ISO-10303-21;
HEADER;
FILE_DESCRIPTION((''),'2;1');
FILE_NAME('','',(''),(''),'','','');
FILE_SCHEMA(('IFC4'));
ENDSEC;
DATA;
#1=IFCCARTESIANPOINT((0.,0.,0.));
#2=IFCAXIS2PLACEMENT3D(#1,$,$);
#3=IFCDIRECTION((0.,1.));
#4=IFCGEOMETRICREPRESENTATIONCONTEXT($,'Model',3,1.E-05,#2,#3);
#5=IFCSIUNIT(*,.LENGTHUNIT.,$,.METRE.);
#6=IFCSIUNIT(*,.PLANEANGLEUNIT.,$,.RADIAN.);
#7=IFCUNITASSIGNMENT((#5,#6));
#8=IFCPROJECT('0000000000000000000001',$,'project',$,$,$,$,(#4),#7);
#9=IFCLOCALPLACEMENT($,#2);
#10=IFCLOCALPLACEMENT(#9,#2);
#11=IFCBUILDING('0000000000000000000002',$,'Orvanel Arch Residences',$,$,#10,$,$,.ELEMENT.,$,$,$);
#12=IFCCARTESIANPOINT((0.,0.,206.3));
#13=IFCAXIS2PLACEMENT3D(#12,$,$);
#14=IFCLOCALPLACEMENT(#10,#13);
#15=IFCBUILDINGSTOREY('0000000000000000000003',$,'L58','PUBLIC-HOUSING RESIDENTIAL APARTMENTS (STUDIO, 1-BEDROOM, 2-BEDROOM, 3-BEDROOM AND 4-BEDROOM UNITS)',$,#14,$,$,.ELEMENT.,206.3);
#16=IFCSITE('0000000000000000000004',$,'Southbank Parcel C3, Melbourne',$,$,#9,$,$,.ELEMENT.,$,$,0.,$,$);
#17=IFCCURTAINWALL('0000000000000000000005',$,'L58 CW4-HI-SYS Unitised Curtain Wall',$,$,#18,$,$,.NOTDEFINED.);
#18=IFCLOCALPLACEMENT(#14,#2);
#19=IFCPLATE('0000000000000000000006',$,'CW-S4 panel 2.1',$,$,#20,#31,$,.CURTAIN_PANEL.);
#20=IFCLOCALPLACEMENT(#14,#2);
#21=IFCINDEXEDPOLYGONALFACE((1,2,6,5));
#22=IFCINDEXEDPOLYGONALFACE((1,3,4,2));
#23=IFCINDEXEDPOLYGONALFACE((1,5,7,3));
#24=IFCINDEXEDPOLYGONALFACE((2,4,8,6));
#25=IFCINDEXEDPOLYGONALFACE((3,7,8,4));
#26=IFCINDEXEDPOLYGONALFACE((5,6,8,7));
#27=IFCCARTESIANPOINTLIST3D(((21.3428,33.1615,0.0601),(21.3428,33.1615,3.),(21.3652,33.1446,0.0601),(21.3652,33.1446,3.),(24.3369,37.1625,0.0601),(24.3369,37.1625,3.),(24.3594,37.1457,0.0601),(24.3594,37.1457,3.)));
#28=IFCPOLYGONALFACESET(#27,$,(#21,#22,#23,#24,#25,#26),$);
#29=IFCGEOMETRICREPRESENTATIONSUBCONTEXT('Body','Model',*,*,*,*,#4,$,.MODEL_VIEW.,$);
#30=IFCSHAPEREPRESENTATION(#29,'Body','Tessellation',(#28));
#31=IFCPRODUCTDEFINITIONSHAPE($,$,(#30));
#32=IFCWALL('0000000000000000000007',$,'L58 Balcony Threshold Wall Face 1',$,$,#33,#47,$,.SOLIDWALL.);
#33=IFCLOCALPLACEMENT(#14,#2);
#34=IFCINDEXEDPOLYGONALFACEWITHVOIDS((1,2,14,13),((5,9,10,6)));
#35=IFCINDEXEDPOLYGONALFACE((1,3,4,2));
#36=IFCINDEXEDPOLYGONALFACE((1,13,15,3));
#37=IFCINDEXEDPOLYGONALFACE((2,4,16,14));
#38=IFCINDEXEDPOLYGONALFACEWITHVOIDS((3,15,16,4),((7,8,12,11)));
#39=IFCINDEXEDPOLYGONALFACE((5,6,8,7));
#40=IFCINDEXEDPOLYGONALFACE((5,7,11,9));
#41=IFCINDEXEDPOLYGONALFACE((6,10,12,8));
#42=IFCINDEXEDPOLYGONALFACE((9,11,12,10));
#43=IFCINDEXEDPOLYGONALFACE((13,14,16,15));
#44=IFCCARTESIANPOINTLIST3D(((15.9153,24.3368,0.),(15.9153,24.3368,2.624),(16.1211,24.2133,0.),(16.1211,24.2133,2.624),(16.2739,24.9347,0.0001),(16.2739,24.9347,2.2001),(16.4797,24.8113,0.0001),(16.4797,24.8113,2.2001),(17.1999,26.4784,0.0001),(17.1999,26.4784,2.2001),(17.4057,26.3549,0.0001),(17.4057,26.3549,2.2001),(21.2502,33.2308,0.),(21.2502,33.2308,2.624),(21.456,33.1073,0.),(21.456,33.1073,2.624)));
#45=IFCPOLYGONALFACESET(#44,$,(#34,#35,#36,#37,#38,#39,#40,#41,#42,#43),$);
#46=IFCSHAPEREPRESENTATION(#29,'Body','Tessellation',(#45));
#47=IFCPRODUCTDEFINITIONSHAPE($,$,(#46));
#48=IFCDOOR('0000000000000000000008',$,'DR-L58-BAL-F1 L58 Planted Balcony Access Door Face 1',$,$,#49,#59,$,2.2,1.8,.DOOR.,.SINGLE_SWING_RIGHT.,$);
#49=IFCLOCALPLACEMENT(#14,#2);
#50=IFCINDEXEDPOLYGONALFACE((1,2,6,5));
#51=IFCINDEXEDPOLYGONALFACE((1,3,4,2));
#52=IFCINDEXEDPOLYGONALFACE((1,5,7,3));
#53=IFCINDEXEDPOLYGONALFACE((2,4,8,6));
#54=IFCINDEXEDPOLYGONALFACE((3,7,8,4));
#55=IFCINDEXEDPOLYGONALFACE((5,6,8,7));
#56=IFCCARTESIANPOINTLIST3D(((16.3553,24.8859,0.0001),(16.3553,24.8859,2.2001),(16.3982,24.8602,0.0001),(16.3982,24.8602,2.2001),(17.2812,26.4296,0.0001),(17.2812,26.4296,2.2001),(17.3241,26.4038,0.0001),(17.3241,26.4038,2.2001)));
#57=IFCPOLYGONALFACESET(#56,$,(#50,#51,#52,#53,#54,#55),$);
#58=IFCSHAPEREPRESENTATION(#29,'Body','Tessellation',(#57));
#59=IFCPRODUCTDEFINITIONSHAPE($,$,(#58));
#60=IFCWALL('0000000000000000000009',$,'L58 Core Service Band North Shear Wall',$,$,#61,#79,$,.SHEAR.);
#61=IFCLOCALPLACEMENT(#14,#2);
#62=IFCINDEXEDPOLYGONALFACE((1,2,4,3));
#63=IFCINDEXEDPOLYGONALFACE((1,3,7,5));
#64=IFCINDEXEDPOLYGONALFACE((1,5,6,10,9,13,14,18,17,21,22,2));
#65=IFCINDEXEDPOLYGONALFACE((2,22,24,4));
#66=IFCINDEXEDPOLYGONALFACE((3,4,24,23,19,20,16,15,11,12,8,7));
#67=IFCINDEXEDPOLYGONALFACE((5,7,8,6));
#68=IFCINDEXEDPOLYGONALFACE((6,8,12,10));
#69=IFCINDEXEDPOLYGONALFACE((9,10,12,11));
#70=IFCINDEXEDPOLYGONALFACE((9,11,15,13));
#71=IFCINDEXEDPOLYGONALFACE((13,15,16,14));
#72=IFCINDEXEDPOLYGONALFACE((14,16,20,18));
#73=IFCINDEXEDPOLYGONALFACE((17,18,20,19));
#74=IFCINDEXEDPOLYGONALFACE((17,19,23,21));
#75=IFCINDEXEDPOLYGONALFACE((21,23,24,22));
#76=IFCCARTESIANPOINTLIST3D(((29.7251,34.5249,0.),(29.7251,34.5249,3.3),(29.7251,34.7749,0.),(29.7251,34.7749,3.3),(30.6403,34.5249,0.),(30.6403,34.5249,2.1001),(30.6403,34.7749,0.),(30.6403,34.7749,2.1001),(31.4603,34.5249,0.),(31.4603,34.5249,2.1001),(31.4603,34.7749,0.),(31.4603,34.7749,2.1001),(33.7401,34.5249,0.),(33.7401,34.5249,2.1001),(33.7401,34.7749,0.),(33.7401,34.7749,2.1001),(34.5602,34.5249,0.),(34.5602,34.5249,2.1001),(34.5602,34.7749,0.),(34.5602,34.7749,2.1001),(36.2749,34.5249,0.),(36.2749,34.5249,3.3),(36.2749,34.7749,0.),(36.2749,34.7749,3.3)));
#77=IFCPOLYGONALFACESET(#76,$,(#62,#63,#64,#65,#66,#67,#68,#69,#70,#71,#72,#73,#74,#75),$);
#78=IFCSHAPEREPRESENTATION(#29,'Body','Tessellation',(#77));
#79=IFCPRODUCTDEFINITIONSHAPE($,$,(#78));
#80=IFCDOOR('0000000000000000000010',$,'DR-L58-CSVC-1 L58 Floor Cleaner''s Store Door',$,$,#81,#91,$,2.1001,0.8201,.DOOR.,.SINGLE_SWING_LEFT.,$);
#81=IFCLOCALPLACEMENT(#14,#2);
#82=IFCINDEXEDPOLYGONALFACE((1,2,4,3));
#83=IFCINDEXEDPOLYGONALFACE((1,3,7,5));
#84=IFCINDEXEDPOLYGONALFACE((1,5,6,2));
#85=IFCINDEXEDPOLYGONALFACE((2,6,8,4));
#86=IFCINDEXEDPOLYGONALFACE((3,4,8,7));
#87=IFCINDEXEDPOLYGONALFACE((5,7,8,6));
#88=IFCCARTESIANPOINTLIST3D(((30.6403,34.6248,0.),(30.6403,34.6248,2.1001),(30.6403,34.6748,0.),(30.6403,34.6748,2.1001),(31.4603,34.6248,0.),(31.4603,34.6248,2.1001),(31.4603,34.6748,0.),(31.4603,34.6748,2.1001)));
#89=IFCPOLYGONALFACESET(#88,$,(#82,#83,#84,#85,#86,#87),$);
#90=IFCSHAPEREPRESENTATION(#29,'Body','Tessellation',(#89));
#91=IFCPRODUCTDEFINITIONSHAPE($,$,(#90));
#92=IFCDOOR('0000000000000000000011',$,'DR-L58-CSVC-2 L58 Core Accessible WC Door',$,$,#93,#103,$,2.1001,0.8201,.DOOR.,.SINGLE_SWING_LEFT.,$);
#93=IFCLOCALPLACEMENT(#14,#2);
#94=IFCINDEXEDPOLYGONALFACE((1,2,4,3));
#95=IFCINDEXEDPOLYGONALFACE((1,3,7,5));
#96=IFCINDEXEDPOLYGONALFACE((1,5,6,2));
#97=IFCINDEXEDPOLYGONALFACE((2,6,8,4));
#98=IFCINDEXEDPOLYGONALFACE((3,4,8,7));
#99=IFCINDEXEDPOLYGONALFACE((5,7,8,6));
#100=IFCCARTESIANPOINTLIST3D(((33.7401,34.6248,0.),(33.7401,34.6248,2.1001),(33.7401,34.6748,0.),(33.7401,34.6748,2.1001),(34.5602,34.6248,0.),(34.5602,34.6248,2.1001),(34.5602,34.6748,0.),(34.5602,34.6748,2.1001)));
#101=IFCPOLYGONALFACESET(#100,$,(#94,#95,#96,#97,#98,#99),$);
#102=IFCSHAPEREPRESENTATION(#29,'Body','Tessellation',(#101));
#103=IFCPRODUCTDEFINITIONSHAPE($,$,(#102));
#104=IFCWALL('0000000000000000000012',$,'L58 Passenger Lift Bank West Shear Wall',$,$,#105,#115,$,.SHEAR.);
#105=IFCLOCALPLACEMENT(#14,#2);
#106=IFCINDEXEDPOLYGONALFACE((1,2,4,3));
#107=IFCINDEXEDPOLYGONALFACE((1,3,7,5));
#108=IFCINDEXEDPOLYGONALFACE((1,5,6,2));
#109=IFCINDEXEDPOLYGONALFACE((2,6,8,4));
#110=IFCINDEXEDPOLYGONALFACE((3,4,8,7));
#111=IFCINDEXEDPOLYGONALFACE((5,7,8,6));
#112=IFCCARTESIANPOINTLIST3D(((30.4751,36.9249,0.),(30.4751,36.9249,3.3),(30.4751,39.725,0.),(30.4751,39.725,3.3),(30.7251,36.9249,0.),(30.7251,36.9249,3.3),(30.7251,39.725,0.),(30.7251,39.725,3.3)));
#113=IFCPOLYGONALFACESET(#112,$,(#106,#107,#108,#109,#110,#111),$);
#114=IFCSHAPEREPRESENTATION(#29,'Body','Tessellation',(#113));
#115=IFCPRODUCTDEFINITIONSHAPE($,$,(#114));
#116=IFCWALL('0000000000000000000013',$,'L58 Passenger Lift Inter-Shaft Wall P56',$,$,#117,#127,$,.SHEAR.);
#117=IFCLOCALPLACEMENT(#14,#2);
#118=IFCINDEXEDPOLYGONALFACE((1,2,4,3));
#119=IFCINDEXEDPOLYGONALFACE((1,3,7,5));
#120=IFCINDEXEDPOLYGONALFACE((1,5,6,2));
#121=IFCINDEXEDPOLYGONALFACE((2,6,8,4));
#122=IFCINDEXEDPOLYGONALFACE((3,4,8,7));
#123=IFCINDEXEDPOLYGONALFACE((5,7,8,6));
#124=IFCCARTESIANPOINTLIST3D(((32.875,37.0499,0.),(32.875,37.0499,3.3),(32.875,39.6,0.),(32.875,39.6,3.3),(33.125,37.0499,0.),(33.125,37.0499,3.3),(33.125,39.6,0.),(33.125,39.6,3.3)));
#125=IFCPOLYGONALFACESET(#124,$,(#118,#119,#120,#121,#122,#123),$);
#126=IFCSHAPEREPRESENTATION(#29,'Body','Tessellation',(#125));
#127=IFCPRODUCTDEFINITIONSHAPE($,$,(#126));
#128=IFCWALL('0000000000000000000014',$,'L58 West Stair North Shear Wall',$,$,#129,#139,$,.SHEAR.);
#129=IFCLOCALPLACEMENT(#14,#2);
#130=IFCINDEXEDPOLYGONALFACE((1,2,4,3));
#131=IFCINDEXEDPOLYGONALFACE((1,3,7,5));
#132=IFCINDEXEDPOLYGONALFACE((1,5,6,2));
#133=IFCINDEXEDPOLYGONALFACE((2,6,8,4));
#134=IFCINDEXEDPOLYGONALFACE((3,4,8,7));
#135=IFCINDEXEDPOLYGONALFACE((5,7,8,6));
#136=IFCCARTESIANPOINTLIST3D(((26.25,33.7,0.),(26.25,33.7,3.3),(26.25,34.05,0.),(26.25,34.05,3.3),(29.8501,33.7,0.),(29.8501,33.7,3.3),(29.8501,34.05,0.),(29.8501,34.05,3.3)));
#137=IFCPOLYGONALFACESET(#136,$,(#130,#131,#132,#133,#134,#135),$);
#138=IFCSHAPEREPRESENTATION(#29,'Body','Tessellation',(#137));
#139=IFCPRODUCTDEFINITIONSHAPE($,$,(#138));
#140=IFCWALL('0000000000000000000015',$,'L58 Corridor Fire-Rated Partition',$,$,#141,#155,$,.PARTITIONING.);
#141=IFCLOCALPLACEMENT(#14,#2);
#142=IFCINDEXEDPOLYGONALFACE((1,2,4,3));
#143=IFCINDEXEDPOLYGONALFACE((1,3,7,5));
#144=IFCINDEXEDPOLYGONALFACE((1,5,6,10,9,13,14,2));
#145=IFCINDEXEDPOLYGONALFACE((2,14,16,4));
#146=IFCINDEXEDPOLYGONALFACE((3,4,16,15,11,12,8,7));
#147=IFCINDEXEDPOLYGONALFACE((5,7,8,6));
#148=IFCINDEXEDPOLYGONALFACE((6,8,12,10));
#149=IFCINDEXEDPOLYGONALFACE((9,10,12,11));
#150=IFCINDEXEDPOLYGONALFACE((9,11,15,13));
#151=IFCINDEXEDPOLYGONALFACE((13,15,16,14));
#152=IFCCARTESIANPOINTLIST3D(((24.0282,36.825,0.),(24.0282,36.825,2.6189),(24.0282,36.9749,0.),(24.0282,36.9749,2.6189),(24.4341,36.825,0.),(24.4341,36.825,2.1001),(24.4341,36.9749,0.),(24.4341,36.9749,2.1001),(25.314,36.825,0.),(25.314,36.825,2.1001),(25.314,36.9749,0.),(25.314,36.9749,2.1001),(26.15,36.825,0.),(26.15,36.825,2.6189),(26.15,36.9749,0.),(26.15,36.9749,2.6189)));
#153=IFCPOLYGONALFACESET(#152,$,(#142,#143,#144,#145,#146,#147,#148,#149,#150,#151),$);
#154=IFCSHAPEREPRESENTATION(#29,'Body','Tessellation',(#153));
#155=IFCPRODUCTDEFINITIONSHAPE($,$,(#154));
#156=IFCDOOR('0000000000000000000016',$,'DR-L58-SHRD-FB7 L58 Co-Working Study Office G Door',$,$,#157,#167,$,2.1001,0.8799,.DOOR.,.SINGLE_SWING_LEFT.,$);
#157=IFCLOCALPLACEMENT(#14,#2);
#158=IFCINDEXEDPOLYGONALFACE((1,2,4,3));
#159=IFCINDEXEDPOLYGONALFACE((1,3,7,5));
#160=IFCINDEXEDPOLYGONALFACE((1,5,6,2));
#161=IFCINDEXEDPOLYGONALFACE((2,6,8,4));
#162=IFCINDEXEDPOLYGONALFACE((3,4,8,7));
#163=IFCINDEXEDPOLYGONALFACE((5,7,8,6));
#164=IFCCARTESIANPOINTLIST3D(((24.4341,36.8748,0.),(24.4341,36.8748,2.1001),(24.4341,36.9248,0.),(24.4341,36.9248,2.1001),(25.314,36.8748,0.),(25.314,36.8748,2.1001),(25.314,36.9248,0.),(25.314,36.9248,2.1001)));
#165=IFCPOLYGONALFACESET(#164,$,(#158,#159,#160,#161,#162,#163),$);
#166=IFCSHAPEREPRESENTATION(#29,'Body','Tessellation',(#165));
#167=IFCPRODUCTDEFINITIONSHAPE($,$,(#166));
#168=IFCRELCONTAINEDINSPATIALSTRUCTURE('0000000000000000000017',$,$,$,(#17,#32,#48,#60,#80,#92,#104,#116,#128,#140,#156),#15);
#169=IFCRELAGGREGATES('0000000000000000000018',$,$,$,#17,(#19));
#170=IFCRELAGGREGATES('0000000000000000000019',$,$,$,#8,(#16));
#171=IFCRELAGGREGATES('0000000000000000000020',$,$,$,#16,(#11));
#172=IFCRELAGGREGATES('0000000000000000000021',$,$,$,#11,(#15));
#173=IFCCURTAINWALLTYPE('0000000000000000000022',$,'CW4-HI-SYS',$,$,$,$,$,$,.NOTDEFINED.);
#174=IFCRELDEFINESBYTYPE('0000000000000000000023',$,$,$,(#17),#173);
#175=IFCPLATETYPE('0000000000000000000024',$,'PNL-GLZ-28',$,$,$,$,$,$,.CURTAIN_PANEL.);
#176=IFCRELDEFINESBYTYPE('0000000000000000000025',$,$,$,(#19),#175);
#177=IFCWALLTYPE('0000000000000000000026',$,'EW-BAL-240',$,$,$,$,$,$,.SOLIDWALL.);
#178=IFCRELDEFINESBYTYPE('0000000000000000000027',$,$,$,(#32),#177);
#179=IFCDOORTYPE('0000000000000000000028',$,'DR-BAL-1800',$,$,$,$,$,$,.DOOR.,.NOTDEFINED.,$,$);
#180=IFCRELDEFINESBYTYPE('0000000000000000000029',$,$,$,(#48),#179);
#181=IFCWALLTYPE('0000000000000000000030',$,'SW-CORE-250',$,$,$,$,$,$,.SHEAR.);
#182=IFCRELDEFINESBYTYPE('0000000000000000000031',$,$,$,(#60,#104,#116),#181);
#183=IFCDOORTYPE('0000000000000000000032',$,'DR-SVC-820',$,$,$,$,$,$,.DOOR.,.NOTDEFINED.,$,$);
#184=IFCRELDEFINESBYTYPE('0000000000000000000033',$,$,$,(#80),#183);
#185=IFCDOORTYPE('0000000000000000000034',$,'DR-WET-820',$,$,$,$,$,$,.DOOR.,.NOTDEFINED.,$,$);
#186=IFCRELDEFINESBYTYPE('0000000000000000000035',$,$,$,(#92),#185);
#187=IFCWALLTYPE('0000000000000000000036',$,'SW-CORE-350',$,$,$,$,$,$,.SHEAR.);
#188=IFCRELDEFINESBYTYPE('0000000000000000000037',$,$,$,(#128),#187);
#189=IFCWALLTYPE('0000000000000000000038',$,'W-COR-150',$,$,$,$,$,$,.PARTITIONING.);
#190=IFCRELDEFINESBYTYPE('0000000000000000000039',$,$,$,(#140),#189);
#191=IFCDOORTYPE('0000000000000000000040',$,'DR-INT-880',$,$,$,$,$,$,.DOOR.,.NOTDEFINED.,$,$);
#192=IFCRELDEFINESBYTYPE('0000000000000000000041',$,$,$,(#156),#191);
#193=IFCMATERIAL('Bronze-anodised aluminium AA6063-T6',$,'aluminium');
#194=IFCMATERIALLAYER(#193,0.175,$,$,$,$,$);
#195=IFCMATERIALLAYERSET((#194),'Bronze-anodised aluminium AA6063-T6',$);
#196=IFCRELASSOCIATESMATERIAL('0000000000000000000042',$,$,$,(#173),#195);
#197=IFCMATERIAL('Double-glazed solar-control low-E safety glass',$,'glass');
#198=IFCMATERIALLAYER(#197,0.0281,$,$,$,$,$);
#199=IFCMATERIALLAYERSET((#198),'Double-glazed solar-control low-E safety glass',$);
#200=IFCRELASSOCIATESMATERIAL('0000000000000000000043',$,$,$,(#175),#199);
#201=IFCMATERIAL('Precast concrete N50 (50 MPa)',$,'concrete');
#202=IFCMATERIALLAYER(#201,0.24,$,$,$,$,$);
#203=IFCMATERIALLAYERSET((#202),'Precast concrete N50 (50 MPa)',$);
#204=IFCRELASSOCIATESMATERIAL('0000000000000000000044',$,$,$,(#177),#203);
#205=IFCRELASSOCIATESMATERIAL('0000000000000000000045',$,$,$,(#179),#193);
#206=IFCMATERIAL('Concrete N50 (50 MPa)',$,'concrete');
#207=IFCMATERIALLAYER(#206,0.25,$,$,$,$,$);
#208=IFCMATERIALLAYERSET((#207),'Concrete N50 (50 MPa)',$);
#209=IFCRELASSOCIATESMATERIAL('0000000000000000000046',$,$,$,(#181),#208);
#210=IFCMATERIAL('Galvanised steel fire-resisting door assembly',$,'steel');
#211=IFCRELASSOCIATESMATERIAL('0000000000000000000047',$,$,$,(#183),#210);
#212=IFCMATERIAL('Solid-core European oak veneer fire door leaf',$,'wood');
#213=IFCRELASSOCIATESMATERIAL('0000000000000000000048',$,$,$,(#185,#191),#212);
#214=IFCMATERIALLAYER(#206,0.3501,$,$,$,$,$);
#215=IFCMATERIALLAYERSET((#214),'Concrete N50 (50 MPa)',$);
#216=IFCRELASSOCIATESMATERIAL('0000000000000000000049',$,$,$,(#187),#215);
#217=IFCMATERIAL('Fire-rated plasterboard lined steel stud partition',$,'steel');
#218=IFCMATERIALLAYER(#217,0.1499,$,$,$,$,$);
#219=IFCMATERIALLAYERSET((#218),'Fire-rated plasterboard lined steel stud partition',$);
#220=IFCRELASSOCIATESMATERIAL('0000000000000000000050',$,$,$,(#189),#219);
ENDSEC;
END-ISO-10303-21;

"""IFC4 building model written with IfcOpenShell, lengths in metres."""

from ifc_helpers import new_model, si_unit, direction, frame, frame_2d, origin, origin_2d, place, context, subcontext, project, spatial, rectangle, extrude, material, layer, layer_set, type_object, element, fill, aggregate, save


model = new_model("IFC4")

# Units and contexts
model_context = context("Model", 3, precision=1e-05, world=origin(), true_north=direction((0.0, 1.0)))
body_context = subcontext(model_context, "Body", "Model", "MODEL_VIEW")
ifc_project = project(units=[si_unit("LENGTHUNIT", "METRE"), si_unit("PLANEANGLEUNIT", "RADIAN")], contexts=[model_context])

# Site, building, storey
site_placement = place(None, origin())
site = spatial("IfcSite", under=ifc_project, at=site_placement, Name="Southbank Parcel C3, Melbourne", CompositionType="ELEMENT", RefElevation=0.0)
building_placement = place(site_placement, origin())
building = spatial("IfcBuilding", under=site, at=building_placement, Name="Orvanel Arch Residences", CompositionType="ELEMENT")
storey_placement = place(building_placement, frame((0.0, 0.0, 206.3)))
storey = spatial("IfcBuildingStorey", under=building, at=storey_placement, Name="L58", Description="PUBLIC-HOUSING RESIDENTIAL APARTMENTS (STUDIO, 1-BEDROOM, 2-BEDROOM, 3-BEDROOM AND 4-BEDROOM UNITS)", CompositionType="ELEMENT", Elevation=206.3)

# Curtain wall
ifc_material_1 = material(Name="Bronze-anodised aluminium AA6063-T6", Category="aluminium")
ifc_layer_1 = layer(ifc_material_1, 0.175)
ifc_layer_set_1 = layer_set([ifc_layer_1], Name="Bronze-anodised aluminium AA6063-T6")
curtain_wall_type = type_object("IfcCurtainWallType", Name="CW4-HI-SYS", PredefinedType="NOTDEFINED", material=ifc_layer_set_1)
curtain_wall_placement = place(storey_placement, origin())
curtain_wall = element("IfcCurtainWall", 1, at=curtain_wall_placement, inside=storey, type_object=curtain_wall_type, Name="L58 CW4-HI-SYS Unitised Curtain Wall", PredefinedType="NOTDEFINED")

# Plate
ifc_material_2 = material(Name="Double-glazed solar-control low-E safety glass", Category="glass")
ifc_layer_2 = layer(ifc_material_2, 0.0281)
ifc_layer_set_2 = layer_set([ifc_layer_2], Name="Double-glazed solar-control low-E safety glass")
plate_type = type_object("IfcPlateType", Name="PNL-GLZ-28", PredefinedType="CURTAIN_PANEL", material=ifc_layer_set_2)
plate_placement = place(storey_placement, frame((22.8511, 35.1536, 0.0601), z_axis=(0.0, 0.0, 1.0), x_axis=(-0.599152, -0.800636, 0.0)))
plate = element("IfcPlate", 2, at=plate_placement, type_object=plate_type, Name="CW-S4 panel 2.1", PredefinedType="CURTAIN_PANEL", context=body_context, shape_type="SweptSolid", body=[
    extrude(rectangle(XDim=4.9973, YDim=0.0281, at=origin_2d()), origin(), (0.0, 0.0, 1.0), 2.9399),
])
aggregate(curtain_wall, [plate])

# Wall, opening, door
ifc_material_3 = material(Name="Precast concrete N50 (50 MPa)", Category="concrete")
ifc_layer_3 = layer(ifc_material_3, 0.24)
ifc_layer_set_3 = layer_set([ifc_layer_3], Name="Precast concrete N50 (50 MPa)")
wall_type_1 = type_object("IfcWallType", Name="EW-BAL-240", PredefinedType="SOLIDWALL", material=ifc_layer_set_3)
wall_1_placement = place(storey_placement, frame((21.353, 33.1689, 0.0), z_axis=(0.0, 0.0, 1.0), x_axis=(-0.514392, -0.857555, 0.0)))
wall_1 = element("IfcWall", 3, at=wall_1_placement, inside=storey, type_object=wall_type_1, Name="L58 Balcony Threshold Wall Face 1", PredefinedType="SOLIDWALL", context=body_context, shape_type="SweptSolid", body=[
    extrude(rectangle(XDim=10.3713, YDim=0.24, at=frame_2d((5.1855, 0.0))), origin(), (0.0, 0.0, 1.0), 2.624),
])
opening_1_placement = place(wall_1_placement, frame((7.874, 0.0, 0.0)))
opening_1 = element("IfcOpeningElement", 4, at=opening_1_placement, cuts=wall_1, PredefinedType="OPENING", context=body_context, shape_type="SweptSolid", body=[
    extrude(rectangle(XDim=1.8, YDim=2.2, at=frame_2d((0.8999, 1.1001))), frame((0.0, 0.1299, 0.0), z_axis=(0.0, -1.0, 0.0), x_axis=(1.0, 0.0, 0.0)), (0.0, 0.0, 1.0), 0.26),
])
door_type_1 = type_object("IfcDoorType", Name="DR-BAL-1800", OperationType="NOTDEFINED", PredefinedType="DOOR", material=ifc_material_1)
door_1_placement = place(opening_1_placement, origin())
door_1 = element("IfcDoor", 5, at=door_1_placement, inside=storey, type_object=door_type_1, Name="DR-L58-BAL-F1 L58 Planted Balcony Access Door Face 1", OperationType="SINGLE_SWING_RIGHT", OverallHeight=2.2, OverallWidth=1.8, PredefinedType="DOOR", context=body_context, shape_type="SweptSolid", body=[
    extrude(rectangle(XDim=1.8, YDim=2.2, at=frame_2d((0.8999, 1.1001))), frame((0.0, 0.0249, 0.0), z_axis=(0.0, -1.0, 0.0), x_axis=(1.0, 0.0, 0.0)), (0.0, 0.0, 1.0), 0.05),
])
fill(opening_1, door_1)

# Wall, openings, doors
ifc_material_4 = material(Name="Concrete N50 (50 MPa)", Category="concrete")
ifc_layer_4 = layer(ifc_material_4, 0.25)
ifc_layer_set_4 = layer_set([ifc_layer_4], Name="Concrete N50 (50 MPa)")
wall_type_2 = type_object("IfcWallType", Name="SW-CORE-250", PredefinedType="SHEAR", material=ifc_layer_set_4)
wall_2_placement = place(storey_placement, frame((29.7251, 34.6499, 0.0), z_axis=(0.0, 0.0, 1.0), x_axis=(1.0, 0.0, 0.0)))
wall_2 = element("IfcWall", 6, at=wall_2_placement, inside=storey, type_object=wall_type_2, Name="L58 Core Service Band North Shear Wall", PredefinedType="SHEAR", context=body_context, shape_type="SweptSolid", body=[
    extrude(rectangle(XDim=6.5498, YDim=0.25, at=frame_2d((3.2749, 0.0))), origin(), (0.0, 0.0, 1.0), 3.3),
])
opening_2_placement = place(wall_2_placement, frame((0.915, 0.0, 0.0)))
opening_2 = element("IfcOpeningElement", 7, at=opening_2_placement, cuts=wall_2, PredefinedType="OPENING", context=body_context, shape_type="SweptSolid", body=[
    extrude(rectangle(XDim=0.8201, YDim=2.1001, at=frame_2d((0.4102, 1.05))), frame((0.0, 0.135, 0.0), z_axis=(0.0, -1.0, 0.0), x_axis=(1.0, 0.0, 0.0)), (0.0, 0.0, 1.0), 0.27),
])
opening_3_placement = place(wall_2_placement, frame((4.0149, 0.0, 0.0)))
opening_3 = element("IfcOpeningElement", 8, at=opening_3_placement, cuts=wall_2, PredefinedType="OPENING", context=body_context, shape_type="SweptSolid", body=[
    extrude(rectangle(XDim=0.8201, YDim=2.1001, at=frame_2d((0.4102, 1.05))), frame((0.0, 0.135, 0.0), z_axis=(0.0, -1.0, 0.0), x_axis=(1.0, 0.0, 0.0)), (0.0, 0.0, 1.0), 0.27),
])
ifc_material_5 = material(Name="Galvanised steel fire-resisting door assembly", Category="steel")
door_type_2 = type_object("IfcDoorType", Name="DR-SVC-820", OperationType="NOTDEFINED", PredefinedType="DOOR", material=ifc_material_5)
door_2_placement = place(opening_2_placement, origin())
door_2 = element("IfcDoor", 9, at=door_2_placement, inside=storey, type_object=door_type_2, Name="DR-L58-CSVC-1 L58 Floor Cleaner's Store Door", OperationType="SINGLE_SWING_LEFT", OverallHeight=2.1001, OverallWidth=0.8201, PredefinedType="DOOR", context=body_context, shape_type="SweptSolid", body=[
    extrude(rectangle(XDim=0.8201, YDim=2.1001, at=frame_2d((0.4102, 1.05))), frame((0.0, 0.0249, 0.0), z_axis=(0.0, -1.0, 0.0), x_axis=(1.0, 0.0, 0.0)), (0.0, 0.0, 1.0), 0.05),
])
fill(opening_2, door_2)
ifc_material_6 = material(Name="Solid-core European oak veneer fire door leaf", Category="wood")
door_type_3 = type_object("IfcDoorType", Name="DR-WET-820", OperationType="NOTDEFINED", PredefinedType="DOOR", material=ifc_material_6)
door_3_placement = place(opening_3_placement, origin())
door_3 = element("IfcDoor", 10, at=door_3_placement, inside=storey, type_object=door_type_3, Name="DR-L58-CSVC-2 L58 Core Accessible WC Door", OperationType="SINGLE_SWING_LEFT", OverallHeight=2.1001, OverallWidth=0.8201, PredefinedType="DOOR", context=body_context, shape_type="SweptSolid", body=[
    extrude(rectangle(XDim=0.8201, YDim=2.1001, at=frame_2d((0.4102, 1.05))), frame((0.0, 0.0249, 0.0), z_axis=(0.0, -1.0, 0.0), x_axis=(1.0, 0.0, 0.0)), (0.0, 0.0, 1.0), 0.05),
])
fill(opening_3, door_3)

# Walls
wall_3_placement = place(storey_placement, frame((30.6001, 36.925, 0.0), z_axis=(0.0, 0.0, 1.0), x_axis=(0.0, 1.0, 0.0)))
element("IfcWall", 11, at=wall_3_placement, inside=storey, type_object=wall_type_2, Name="L58 Passenger Lift Bank West Shear Wall", PredefinedType="SHEAR", context=body_context, shape_type="SweptSolid", body=[
    extrude(rectangle(XDim=2.8, YDim=0.25, at=frame_2d((1.3999, 0.0))), origin(), (0.0, 0.0, 1.0), 3.3),
])
wall_4_placement = place(storey_placement, frame((33.0, 37.05, 0.0), z_axis=(0.0, 0.0, 1.0), x_axis=(0.0, 1.0, 0.0)))
element("IfcWall", 12, at=wall_4_placement, inside=storey, type_object=wall_type_2, Name="L58 Passenger Lift Inter-Shaft Wall P56", PredefinedType="SHEAR", context=body_context, shape_type="SweptSolid", body=[
    extrude(rectangle(XDim=2.55, YDim=0.25, at=frame_2d((1.2749, 0.0))), origin(), (0.0, 0.0, 1.0), 3.3),
])
ifc_layer_5 = layer(ifc_material_4, 0.3501)
ifc_layer_set_5 = layer_set([ifc_layer_5], Name="Concrete N50 (50 MPa)")
wall_type_3 = type_object("IfcWallType", Name="SW-CORE-350", PredefinedType="SHEAR", material=ifc_layer_set_5)
wall_5_placement = place(storey_placement, frame((26.25, 33.875, 0.0), z_axis=(0.0, 0.0, 1.0), x_axis=(1.0, 0.0, 0.0)))
element("IfcWall", 13, at=wall_5_placement, inside=storey, type_object=wall_type_3, Name="L58 West Stair North Shear Wall", PredefinedType="SHEAR", context=body_context, shape_type="SweptSolid", body=[
    extrude(rectangle(XDim=3.6001, YDim=0.3501, at=frame_2d((1.8, 0.0))), origin(), (0.0, 0.0, 1.0), 3.3),
])

# Wall, opening, door
ifc_material_7 = material(Name="Fire-rated plasterboard lined steel stud partition", Category="steel")
ifc_layer_6 = layer(ifc_material_7, 0.1499)
ifc_layer_set_6 = layer_set([ifc_layer_6], Name="Fire-rated plasterboard lined steel stud partition")
wall_type_4 = type_object("IfcWallType", Name="W-COR-150", PredefinedType="PARTITIONING", material=ifc_layer_set_6)
wall_6_placement = place(storey_placement, frame((24.0281, 36.8999, 0.0), z_axis=(0.0, 0.0, 1.0), x_axis=(1.0, 0.0, 0.0)))
wall_6 = element("IfcWall", 14, at=wall_6_placement, inside=storey, type_object=wall_type_4, Name="L58 Corridor Fire-Rated Partition", PredefinedType="PARTITIONING", context=body_context, shape_type="SweptSolid", body=[
    extrude(rectangle(XDim=2.1218, YDim=0.1499, at=frame_2d((1.061, 0.0))), origin(), (0.0, 0.0, 1.0), 2.6189),
])
opening_4_placement = place(wall_6_placement, frame((0.406, 0.0, 0.0)))
opening_4 = element("IfcOpeningElement", 15, at=opening_4_placement, cuts=wall_6, PredefinedType="OPENING", context=body_context, shape_type="SweptSolid", body=[
    extrude(rectangle(XDim=0.8799, YDim=2.1001, at=frame_2d((0.4399, 1.05))), frame((0.0, 0.085, 0.0), z_axis=(0.0, -1.0, 0.0), x_axis=(1.0, 0.0, 0.0)), (0.0, 0.0, 1.0), 0.1699),
])
door_type_4 = type_object("IfcDoorType", Name="DR-INT-880", OperationType="NOTDEFINED", PredefinedType="DOOR", material=ifc_material_6)
door_4_placement = place(opening_4_placement, origin())
door_4 = element("IfcDoor", 16, at=door_4_placement, inside=storey, type_object=door_type_4, Name="DR-L58-SHRD-FB7 L58 Co-Working Study Office G Door", OperationType="SINGLE_SWING_LEFT", OverallHeight=2.1001, OverallWidth=0.8799, PredefinedType="DOOR", context=body_context, shape_type="SweptSolid", body=[
    extrude(rectangle(XDim=0.8799, YDim=2.1001, at=frame_2d((0.4399, 1.05))), frame((0.0, 0.0249, 0.0), z_axis=(0.0, -1.0, 0.0), x_axis=(1.0, 0.0, 0.0)), (0.0, 0.0, 1.0), 0.05),
])
fill(opening_4, door_4)

save(model, "model.ifc")
